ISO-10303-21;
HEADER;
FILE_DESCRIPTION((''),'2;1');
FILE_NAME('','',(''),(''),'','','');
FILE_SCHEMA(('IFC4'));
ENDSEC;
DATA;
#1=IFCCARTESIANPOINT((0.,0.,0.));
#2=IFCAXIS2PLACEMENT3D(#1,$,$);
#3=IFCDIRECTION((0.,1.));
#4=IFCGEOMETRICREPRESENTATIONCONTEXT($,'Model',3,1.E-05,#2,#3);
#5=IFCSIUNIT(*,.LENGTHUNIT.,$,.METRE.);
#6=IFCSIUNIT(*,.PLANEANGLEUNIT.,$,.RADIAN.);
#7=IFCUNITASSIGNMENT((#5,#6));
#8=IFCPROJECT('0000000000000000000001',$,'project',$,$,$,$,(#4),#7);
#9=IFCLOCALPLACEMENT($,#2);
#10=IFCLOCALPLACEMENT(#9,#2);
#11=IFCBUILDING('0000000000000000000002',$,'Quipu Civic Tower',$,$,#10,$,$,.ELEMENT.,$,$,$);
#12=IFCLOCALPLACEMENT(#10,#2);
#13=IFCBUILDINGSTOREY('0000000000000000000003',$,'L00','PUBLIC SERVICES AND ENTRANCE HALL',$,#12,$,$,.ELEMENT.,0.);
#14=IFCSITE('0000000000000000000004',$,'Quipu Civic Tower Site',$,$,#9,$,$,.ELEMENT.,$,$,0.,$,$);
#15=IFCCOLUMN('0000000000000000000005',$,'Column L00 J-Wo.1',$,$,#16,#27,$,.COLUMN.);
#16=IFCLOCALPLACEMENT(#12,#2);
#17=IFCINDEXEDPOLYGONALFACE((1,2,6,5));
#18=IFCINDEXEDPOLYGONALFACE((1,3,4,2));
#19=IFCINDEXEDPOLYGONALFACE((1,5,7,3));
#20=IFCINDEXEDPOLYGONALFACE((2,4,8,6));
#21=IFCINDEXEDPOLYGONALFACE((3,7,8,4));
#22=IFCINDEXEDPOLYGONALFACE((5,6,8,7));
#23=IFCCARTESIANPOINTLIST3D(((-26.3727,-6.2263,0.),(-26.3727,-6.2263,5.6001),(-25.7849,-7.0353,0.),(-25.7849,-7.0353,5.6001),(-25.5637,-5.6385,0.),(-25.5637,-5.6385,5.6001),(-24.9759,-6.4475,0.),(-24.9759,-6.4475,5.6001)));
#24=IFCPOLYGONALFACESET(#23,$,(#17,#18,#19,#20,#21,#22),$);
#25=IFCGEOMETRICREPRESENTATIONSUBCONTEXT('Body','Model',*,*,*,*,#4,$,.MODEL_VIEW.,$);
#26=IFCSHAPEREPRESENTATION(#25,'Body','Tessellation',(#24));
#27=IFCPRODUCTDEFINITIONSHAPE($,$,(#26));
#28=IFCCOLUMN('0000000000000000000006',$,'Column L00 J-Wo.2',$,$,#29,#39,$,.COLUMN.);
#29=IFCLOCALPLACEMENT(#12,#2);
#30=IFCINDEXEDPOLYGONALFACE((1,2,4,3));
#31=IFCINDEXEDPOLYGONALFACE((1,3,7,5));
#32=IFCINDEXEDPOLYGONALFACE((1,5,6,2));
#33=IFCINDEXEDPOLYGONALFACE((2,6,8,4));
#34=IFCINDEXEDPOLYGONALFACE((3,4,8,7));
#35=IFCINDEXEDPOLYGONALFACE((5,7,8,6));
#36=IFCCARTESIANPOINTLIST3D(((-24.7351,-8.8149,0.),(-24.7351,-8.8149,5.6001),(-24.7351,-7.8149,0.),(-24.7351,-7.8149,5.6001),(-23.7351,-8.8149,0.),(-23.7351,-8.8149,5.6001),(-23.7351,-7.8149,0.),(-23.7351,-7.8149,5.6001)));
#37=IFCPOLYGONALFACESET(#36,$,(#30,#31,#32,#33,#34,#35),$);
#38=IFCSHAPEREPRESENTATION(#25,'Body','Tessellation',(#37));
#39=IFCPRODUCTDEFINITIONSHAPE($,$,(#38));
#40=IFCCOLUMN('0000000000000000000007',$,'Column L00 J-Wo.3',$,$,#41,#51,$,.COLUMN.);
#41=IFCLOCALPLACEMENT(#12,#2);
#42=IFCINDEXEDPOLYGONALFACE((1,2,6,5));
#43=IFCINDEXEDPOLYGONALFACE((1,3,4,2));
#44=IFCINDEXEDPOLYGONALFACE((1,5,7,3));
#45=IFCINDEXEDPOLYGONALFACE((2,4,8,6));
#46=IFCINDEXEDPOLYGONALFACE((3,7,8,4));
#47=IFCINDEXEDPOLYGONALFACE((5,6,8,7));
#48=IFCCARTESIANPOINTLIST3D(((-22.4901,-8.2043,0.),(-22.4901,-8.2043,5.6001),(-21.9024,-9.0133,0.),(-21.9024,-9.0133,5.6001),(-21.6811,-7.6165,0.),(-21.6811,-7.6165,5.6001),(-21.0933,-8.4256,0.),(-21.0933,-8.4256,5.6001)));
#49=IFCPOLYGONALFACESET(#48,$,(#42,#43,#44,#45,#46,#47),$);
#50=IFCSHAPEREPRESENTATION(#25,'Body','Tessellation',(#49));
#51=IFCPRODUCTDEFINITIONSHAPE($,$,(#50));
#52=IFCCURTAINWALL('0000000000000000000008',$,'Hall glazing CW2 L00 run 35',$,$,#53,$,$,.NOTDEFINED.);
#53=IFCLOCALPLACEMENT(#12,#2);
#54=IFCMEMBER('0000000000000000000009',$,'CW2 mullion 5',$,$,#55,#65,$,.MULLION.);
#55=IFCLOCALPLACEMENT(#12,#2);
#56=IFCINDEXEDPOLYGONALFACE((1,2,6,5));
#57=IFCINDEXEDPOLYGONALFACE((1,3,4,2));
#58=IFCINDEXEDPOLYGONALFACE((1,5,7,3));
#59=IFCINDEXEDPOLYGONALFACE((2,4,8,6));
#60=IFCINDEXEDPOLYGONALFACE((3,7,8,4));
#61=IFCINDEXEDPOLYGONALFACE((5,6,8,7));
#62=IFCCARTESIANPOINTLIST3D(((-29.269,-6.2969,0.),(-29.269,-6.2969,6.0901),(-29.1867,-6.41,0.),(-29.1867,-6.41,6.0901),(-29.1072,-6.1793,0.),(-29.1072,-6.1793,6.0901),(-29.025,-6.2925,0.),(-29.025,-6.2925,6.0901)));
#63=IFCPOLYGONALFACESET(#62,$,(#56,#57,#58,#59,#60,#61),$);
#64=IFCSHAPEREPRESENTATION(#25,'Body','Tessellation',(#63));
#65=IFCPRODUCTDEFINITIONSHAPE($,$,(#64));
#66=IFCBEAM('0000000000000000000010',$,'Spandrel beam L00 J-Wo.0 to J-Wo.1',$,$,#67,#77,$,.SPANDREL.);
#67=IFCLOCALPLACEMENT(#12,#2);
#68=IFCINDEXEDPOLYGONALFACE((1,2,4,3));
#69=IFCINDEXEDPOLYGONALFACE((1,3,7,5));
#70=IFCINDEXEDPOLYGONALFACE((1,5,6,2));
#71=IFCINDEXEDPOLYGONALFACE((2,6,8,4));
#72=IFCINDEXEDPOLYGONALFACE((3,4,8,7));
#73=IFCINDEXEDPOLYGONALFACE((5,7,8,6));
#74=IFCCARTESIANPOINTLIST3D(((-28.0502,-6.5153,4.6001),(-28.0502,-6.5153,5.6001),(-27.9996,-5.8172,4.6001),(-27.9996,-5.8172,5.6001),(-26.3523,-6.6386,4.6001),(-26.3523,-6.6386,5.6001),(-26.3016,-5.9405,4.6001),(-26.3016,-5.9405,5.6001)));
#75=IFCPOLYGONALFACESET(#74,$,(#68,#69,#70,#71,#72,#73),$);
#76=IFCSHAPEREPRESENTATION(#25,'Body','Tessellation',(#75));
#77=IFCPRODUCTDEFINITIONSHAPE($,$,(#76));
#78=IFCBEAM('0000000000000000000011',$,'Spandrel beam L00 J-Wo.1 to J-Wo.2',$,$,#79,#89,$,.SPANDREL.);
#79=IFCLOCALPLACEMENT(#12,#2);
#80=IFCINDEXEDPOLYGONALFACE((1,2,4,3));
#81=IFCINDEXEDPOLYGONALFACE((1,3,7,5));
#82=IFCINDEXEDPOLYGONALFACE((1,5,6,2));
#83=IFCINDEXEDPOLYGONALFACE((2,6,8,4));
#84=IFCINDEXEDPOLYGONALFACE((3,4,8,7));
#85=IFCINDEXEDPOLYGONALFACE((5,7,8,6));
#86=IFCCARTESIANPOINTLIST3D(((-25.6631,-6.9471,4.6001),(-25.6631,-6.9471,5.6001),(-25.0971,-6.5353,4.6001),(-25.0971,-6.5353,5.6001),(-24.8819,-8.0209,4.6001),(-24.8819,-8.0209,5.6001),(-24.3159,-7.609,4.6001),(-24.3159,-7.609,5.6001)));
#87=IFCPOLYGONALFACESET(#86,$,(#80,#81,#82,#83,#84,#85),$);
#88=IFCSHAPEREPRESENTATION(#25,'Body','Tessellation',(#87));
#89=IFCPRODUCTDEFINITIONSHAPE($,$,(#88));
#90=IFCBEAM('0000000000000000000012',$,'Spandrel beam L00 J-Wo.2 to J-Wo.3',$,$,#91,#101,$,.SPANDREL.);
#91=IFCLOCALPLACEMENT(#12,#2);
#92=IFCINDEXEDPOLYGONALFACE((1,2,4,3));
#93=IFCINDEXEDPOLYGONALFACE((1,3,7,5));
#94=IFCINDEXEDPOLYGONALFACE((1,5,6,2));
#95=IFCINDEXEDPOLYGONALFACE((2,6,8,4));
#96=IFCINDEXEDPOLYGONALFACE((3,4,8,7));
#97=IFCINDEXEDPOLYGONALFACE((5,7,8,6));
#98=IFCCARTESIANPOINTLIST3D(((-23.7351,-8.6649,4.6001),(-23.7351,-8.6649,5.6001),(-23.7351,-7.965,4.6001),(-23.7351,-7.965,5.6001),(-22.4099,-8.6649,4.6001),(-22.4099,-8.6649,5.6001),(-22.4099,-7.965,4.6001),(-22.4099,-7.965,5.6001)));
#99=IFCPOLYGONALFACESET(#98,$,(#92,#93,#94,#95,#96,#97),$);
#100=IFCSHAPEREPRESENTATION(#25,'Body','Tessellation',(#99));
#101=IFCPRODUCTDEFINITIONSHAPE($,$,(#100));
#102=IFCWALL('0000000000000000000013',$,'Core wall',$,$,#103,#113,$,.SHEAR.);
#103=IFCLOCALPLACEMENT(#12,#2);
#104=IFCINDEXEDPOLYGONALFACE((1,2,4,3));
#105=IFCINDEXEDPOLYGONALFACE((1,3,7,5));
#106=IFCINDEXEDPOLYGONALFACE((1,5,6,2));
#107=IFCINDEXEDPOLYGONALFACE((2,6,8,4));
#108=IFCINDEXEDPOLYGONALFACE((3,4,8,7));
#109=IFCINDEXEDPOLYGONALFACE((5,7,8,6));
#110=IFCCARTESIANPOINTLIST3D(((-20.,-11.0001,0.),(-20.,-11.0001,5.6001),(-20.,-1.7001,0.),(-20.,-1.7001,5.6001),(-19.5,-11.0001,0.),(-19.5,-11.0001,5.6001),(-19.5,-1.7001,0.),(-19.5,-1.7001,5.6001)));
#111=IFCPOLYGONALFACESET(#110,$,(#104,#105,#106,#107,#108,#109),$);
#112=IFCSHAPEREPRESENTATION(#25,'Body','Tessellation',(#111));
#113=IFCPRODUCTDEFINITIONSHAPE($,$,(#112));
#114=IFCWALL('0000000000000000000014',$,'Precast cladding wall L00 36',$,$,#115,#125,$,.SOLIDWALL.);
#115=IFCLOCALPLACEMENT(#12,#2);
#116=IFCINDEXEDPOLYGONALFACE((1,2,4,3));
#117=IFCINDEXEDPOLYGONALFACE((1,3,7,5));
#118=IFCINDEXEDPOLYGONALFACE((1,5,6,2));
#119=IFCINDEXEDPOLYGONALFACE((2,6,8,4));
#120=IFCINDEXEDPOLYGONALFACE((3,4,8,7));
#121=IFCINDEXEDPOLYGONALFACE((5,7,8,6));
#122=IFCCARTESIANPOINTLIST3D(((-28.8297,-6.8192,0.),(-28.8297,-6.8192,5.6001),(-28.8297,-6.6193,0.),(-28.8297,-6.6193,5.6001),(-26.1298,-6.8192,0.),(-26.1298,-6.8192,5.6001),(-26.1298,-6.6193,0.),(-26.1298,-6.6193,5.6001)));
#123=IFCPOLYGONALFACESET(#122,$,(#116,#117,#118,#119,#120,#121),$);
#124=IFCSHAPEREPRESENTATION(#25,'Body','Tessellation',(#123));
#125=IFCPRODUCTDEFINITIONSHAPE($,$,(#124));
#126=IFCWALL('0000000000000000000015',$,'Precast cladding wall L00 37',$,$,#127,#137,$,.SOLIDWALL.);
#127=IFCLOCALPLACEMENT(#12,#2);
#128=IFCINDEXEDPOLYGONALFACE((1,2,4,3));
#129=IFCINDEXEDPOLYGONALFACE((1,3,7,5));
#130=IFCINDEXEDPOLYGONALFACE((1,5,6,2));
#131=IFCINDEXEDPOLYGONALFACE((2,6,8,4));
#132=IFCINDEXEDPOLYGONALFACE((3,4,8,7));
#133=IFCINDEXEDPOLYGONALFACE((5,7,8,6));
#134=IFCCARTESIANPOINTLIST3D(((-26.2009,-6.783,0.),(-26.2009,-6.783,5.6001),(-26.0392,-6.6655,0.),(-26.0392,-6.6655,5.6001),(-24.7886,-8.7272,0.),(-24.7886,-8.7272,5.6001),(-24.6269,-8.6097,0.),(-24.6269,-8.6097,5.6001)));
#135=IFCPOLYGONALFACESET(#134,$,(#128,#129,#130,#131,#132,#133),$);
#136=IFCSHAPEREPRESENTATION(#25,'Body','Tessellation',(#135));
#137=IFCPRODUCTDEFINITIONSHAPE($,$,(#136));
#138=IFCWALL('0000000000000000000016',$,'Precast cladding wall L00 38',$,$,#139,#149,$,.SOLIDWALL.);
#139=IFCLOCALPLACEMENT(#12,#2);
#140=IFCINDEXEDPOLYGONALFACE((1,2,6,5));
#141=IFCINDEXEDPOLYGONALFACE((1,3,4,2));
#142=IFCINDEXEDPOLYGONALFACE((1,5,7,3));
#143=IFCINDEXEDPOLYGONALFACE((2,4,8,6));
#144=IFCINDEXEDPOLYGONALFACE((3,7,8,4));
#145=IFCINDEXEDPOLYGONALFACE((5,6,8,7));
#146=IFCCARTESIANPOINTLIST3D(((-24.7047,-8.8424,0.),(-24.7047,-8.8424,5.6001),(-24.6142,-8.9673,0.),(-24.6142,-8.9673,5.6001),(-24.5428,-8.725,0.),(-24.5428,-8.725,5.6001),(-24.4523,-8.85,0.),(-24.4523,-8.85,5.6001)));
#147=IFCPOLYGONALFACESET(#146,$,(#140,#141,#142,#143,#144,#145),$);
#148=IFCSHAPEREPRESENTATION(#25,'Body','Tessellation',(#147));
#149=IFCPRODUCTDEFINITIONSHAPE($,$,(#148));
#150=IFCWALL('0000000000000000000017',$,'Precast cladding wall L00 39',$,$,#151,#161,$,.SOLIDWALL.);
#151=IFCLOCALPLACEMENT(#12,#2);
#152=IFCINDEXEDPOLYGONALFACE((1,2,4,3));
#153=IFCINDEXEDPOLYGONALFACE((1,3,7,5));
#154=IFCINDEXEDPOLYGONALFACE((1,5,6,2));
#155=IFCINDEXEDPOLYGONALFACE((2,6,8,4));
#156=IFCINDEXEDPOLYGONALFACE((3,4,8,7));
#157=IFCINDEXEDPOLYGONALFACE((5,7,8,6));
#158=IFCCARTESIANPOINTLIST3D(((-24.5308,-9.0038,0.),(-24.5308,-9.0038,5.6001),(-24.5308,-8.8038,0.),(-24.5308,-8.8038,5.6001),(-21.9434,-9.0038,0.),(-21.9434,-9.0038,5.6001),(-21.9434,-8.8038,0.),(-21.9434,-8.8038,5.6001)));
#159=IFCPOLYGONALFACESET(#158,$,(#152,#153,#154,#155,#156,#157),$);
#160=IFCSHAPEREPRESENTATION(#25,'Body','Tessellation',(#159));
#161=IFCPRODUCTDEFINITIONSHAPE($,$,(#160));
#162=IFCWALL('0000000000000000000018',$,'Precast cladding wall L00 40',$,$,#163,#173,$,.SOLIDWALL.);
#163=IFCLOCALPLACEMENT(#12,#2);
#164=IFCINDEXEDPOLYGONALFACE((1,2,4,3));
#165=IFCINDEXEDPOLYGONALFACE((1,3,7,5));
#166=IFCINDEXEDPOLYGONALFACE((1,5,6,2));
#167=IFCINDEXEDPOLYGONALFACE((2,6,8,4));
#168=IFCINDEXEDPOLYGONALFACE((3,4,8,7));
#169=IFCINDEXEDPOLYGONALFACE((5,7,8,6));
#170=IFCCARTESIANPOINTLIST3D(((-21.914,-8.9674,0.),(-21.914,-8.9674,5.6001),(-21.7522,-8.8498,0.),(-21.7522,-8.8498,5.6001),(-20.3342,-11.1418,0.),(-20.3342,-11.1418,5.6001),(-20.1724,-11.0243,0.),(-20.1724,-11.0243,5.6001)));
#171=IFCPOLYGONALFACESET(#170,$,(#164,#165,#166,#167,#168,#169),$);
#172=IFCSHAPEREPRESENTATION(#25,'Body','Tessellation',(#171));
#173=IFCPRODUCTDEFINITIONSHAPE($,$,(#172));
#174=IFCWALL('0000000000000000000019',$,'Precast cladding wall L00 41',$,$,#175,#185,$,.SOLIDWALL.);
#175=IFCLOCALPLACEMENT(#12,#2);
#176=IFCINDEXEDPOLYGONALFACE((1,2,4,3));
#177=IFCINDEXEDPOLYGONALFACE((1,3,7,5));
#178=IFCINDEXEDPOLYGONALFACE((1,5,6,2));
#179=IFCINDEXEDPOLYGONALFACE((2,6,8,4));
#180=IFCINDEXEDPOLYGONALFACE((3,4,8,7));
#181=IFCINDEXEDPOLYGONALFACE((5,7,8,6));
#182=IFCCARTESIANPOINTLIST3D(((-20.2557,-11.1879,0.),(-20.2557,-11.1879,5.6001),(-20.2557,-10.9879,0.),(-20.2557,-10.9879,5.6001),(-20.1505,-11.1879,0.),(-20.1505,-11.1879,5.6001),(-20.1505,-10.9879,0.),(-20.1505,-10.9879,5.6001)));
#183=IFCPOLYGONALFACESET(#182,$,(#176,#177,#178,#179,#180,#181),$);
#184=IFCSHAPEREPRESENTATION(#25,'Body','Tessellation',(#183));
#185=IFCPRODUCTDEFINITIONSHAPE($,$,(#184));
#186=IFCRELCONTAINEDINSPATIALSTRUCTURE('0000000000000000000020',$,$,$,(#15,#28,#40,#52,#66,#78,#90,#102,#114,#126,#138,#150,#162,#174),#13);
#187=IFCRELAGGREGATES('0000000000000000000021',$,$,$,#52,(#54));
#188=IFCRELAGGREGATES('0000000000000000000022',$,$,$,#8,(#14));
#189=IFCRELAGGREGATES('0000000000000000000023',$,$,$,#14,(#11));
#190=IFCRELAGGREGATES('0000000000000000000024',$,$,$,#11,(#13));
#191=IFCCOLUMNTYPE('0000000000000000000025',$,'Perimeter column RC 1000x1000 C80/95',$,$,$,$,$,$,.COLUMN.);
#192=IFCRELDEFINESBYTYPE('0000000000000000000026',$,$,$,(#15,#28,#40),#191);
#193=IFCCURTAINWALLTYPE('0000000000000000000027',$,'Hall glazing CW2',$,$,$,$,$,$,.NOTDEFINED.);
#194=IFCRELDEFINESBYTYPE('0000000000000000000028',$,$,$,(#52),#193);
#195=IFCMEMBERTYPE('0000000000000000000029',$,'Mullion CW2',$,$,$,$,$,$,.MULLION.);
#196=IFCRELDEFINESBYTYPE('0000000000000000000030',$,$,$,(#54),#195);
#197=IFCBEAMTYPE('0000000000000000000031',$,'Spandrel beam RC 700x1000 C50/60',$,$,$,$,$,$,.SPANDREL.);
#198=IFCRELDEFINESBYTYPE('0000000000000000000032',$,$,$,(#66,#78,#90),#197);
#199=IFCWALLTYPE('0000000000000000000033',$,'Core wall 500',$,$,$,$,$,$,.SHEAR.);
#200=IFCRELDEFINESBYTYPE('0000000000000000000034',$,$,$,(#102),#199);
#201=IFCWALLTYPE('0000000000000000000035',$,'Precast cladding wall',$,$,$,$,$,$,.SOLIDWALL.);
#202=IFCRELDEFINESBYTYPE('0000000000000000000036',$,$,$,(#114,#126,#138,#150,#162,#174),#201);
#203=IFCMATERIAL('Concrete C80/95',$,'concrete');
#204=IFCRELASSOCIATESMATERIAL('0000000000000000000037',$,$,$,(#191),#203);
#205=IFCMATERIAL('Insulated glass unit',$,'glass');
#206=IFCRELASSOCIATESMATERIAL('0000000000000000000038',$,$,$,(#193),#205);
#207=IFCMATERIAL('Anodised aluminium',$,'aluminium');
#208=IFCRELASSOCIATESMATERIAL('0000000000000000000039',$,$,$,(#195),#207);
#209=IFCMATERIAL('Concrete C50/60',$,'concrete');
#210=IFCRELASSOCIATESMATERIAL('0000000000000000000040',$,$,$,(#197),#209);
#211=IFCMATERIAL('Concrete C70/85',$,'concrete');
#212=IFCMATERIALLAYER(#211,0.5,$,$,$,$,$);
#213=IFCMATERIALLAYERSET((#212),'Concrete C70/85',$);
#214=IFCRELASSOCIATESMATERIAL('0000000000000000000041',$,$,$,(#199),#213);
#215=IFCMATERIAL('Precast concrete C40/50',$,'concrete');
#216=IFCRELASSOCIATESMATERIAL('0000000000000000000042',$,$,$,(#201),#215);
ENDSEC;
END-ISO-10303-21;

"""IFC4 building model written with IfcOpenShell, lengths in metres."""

from ifc_helpers import new_model, si_unit, direction, frame, frame_2d, origin, origin_2d, place, context, subcontext, project, spatial, rectangle, extrude, material, layer, layer_set, material_profile, profile_set, type_object, element, aggregate, save


model = new_model("IFC4")

# Units and contexts
model_context = context("Model", 3, precision=1e-05, world=origin(), true_north=direction((0.0, 1.0)))
body_context = subcontext(model_context, "Body", "Model", "MODEL_VIEW")
ifc_project = project(units=[si_unit("LENGTHUNIT", "METRE"), si_unit("PLANEANGLEUNIT", "RADIAN")], contexts=[model_context])

# Site, building, storey
site_placement = place(None, origin())
site = spatial("IfcSite", under=ifc_project, at=site_placement, Name="Quipu Civic Tower Site", CompositionType="ELEMENT", RefElevation=0.0)
building_placement = place(site_placement, origin())
building = spatial("IfcBuilding", under=site, at=building_placement, Name="Quipu Civic Tower", CompositionType="ELEMENT")
storey_placement = place(building_placement, origin())
storey = spatial("IfcBuildingStorey", under=building, at=storey_placement, Name="L00", Description="PUBLIC SERVICES AND ENTRANCE HALL", CompositionType="ELEMENT", Elevation=0.0)

# Columns
ifc_material_1 = material(Name="Concrete C80/95", Category="concrete")
ifc_material_profile_1 = material_profile(ifc_material_1, rectangle(XDim=1.0, YDim=1.0, at=origin_2d()), Name="RC1000x1000")
ifc_profile_set_1 = profile_set([ifc_material_profile_1], Name="Concrete C80/95")
column_type = type_object("IfcColumnType", Name="Perimeter column RC 1000x1000 C80/95", PredefinedType="COLUMN", material=ifc_profile_set_1)
for number, where, z_axis, x_axis, name in (
    (1, (-25.6743, -6.3369, 0.0), (0.0, 0.0, 1.0), (0.587785, -0.809017, 0.0), "Column L00 J-Wo.1"),
    (2, (-24.2351, -8.3149, 0.0), (0.0, 0.0, 1.0), (1.0, 0.0, 0.0), "Column L00 J-Wo.2"),
    (3, (-21.7917, -8.3149, 0.0), (0.0, 0.0, 1.0), (0.587785, -0.809017, 0.0), "Column L00 J-Wo.3"),
):
    element("IfcColumn", number, at=place(storey_placement, frame(where, z_axis=z_axis, x_axis=x_axis)), inside=storey, type_object=column_type, Name=name, PredefinedType="COLUMN", context=body_context, shape_type="SweptSolid", body=[
        extrude(rectangle(XDim=1.0, YDim=1.0, at=origin_2d()), origin(), (0.0, 0.0, 1.0), 5.6001),
    ])

# Curtain wall, member
ifc_material_2 = material(Name="Insulated glass unit", Category="glass")
curtain_wall_type = type_object("IfcCurtainWallType", Name="Hall glazing CW2", PredefinedType="NOTDEFINED", material=ifc_material_2)
curtain_wall_placement = place(storey_placement, origin())
curtain_wall = element("IfcCurtainWall", 4, at=curtain_wall_placement, inside=storey, type_object=curtain_wall_type, Name="Hall glazing CW2 L00 run 35", PredefinedType="NOTDEFINED")
ifc_material_3 = material(Name="Anodised aluminium", Category="aluminium")
ifc_material_profile_2 = material_profile(ifc_material_3, rectangle(XDim=0.2, YDim=0.1399, at=origin_2d()), Name="RECT 200x140")
ifc_profile_set_2 = profile_set([ifc_material_profile_2], Name="Anodised aluminium")
member_type = type_object("IfcMemberType", Name="Mullion CW2", PredefinedType="MULLION", material=ifc_profile_set_2)
member_placement = place(storey_placement, frame((-29.147, -6.2947, 0.0), z_axis=(0.0, 0.0, 1.0), x_axis=(0.809018, 0.587784, 0.0)))
member = element("IfcMember", 5, at=member_placement, type_object=member_type, Name="CW2 mullion 5", PredefinedType="MULLION", context=body_context, shape_type="SweptSolid", body=[
    extrude(rectangle(XDim=0.2, YDim=0.1399, at=origin_2d()), origin(), (0.0, 0.0, 1.0), 6.0901),
])
aggregate(curtain_wall, [member])

# Beams
ifc_material_4 = material(Name="Concrete C50/60", Category="concrete")
ifc_material_profile_3 = material_profile(ifc_material_4, rectangle(XDim=0.7, YDim=1.0, at=origin_2d()), Name="RC700x1000")
ifc_profile_set_3 = profile_set([ifc_material_profile_3], Name="Concrete C50/60")
beam_type = type_object("IfcBeamType", Name="Spandrel beam RC 700x1000 C50/60", PredefinedType="SPANDREL", material=ifc_profile_set_3)
beam_1_placement = place(storey_placement, frame((-28.0249, -6.1663, 5.1001), z_axis=(0.997374, -0.072419, 0.0), x_axis=(0.072419, 0.997374, 0.0)))
element("IfcBeam", 6, at=beam_1_placement, inside=storey, type_object=beam_type, Name="Spandrel beam L00 J-Wo.0 to J-Wo.1", PredefinedType="SPANDREL", context=body_context, shape_type="SweptSolid", body=[
    extrude(rectangle(XDim=0.7, YDim=1.0, at=origin_2d()), origin(), (0.0, 0.0, 1.0), 1.7024),
])
beam_2_placement = place(storey_placement, frame((-25.3801, -6.7412, 5.1001), z_axis=(0.588347, -0.808609, 0.0), x_axis=(0.808609, 0.588347, 0.0)))
element("IfcBeam", 7, at=beam_2_placement, inside=storey, type_object=beam_type, Name="Spandrel beam L00 J-Wo.1 to J-Wo.2", PredefinedType="SPANDREL", context=body_context, shape_type="SweptSolid", body=[
    extrude(rectangle(XDim=0.7, YDim=1.0, at=origin_2d()), origin(), (0.0, 0.0, 1.0), 1.3279),
])
beam_3_placement = place(storey_placement, frame((-23.7351, -8.3149, 5.1001), z_axis=(1.0, 0.0, 0.0), x_axis=(0.0, 1.0, 0.0)))
element("IfcBeam", 8, at=beam_3_placement, inside=storey, type_object=beam_type, Name="Spandrel beam L00 J-Wo.2 to J-Wo.3", PredefinedType="SPANDREL", context=body_context, shape_type="SweptSolid", body=[
    extrude(rectangle(XDim=0.7, YDim=1.0, at=origin_2d()), origin(), (0.0, 0.0, 1.0), 1.3252),
])

# Walls
ifc_material_5 = material(Name="Concrete C70/85", Category="concrete")
ifc_layer = layer(ifc_material_5, 0.5)
ifc_layer_set = layer_set([ifc_layer], Name="Concrete C70/85")
wall_type_1 = type_object("IfcWallType", Name="Core wall 500", PredefinedType="SHEAR", material=ifc_layer_set)
wall_1_placement = place(storey_placement, frame((-19.75, -11.0, 0.0), z_axis=(0.0, 0.0, 1.0), x_axis=(0.0, 1.0, 0.0)))
element("IfcWall", 9, at=wall_1_placement, inside=storey, type_object=wall_type_1, Name="Core wall", PredefinedType="SHEAR", context=body_context, shape_type="SweptSolid", body=[
    extrude(rectangle(XDim=9.3, YDim=0.5, at=frame_2d((4.6499, 0.0))), origin(), (0.0, 0.0, 1.0), 5.6001),
])
ifc_material_6 = material(Name="Precast concrete C40/50", Category="concrete")
wall_type_2 = type_object("IfcWallType", Name="Precast cladding wall", PredefinedType="SOLIDWALL", material=ifc_material_6)
wall_2_placement = place(storey_placement, frame((-28.8298, -6.7192, 0.0), z_axis=(0.0, 0.0, 1.0), x_axis=(1.0, 0.0, 0.0)))
element("IfcWall", 10, at=wall_2_placement, inside=storey, type_object=wall_type_2, Name="Precast cladding wall L00 36", PredefinedType="SOLIDWALL", context=body_context, shape_type="SweptSolid", body=[
    extrude(rectangle(XDim=2.7, YDim=0.2, at=frame_2d((1.3501, 0.0))), origin(), (0.0, 0.0, 1.0), 5.6001),
])
wall_3_placement = place(storey_placement, frame((-26.1201, -6.7241, 0.0), z_axis=(0.0, 0.0, 1.0), x_axis=(0.587706, -0.809074, 0.0)))
element("IfcWall", 11, at=wall_3_placement, inside=storey, type_object=wall_type_2, Name="Precast cladding wall L00 37", PredefinedType="SOLIDWALL", context=body_context, shape_type="SweptSolid", body=[
    extrude(rectangle(XDim=2.4031, YDim=0.2, at=frame_2d((1.2017, 0.0))), origin(), (0.0, 0.0, 1.0), 5.6001),
])
wall_4_placement = place(storey_placement, frame((-24.6238, -8.7837, 0.0), z_axis=(0.0, 0.0, 1.0), x_axis=(0.58676, -0.809761, 0.0)))
element("IfcWall", 12, at=wall_4_placement, inside=storey, type_object=wall_type_2, Name="Precast cladding wall L00 38", PredefinedType="SOLIDWALL", context=body_context, shape_type="SweptSolid", body=[
    extrude(rectangle(XDim=0.1543, YDim=0.2, at=frame_2d((0.0771, 0.0))), origin(), (0.0, 0.0, 1.0), 5.6001),
])
wall_5_placement = place(storey_placement, frame((-24.5308, -8.9038, 0.0), z_axis=(0.0, 0.0, 1.0), x_axis=(1.0, 0.0, 0.0)))
element("IfcWall", 13, at=wall_5_placement, inside=storey, type_object=wall_type_2, Name="Precast cladding wall L00 39", PredefinedType="SOLIDWALL", context=body_context, shape_type="SweptSolid", body=[
    extrude(rectangle(XDim=2.5874, YDim=0.2, at=frame_2d((1.2937, 0.0))), origin(), (0.0, 0.0, 1.0), 5.6001),
])
wall_6_placement = place(storey_placement, frame((-21.833, -8.9087, 0.0), z_axis=(0.0, 0.0, 1.0), x_axis=(0.587767, -0.809031, 0.0)))
element("IfcWall", 14, at=wall_6_placement, inside=storey, type_object=wall_type_2, Name="Precast cladding wall L00 40", PredefinedType="SOLIDWALL", context=body_context, shape_type="SweptSolid", body=[
    extrude(rectangle(XDim=2.6877, YDim=0.2, at=frame_2d((1.3438, 0.0))), origin(), (0.0, 0.0, 1.0), 5.6001),
])
wall_7_placement = place(storey_placement, frame((-20.2559, -11.0879, 0.0), z_axis=(0.0, 0.0, 1.0), x_axis=(1.0, 0.0, 0.0)))
element("IfcWall", 15, at=wall_7_placement, inside=storey, type_object=wall_type_2, Name="Precast cladding wall L00 41", PredefinedType="SOLIDWALL", context=body_context, shape_type="SweptSolid", body=[
    extrude(rectangle(XDim=0.1052, YDim=0.2, at=frame_2d((0.0527, 0.0))), origin(), (0.0, 0.0, 1.0), 5.6001),
])

save(model, "model.ifc")
